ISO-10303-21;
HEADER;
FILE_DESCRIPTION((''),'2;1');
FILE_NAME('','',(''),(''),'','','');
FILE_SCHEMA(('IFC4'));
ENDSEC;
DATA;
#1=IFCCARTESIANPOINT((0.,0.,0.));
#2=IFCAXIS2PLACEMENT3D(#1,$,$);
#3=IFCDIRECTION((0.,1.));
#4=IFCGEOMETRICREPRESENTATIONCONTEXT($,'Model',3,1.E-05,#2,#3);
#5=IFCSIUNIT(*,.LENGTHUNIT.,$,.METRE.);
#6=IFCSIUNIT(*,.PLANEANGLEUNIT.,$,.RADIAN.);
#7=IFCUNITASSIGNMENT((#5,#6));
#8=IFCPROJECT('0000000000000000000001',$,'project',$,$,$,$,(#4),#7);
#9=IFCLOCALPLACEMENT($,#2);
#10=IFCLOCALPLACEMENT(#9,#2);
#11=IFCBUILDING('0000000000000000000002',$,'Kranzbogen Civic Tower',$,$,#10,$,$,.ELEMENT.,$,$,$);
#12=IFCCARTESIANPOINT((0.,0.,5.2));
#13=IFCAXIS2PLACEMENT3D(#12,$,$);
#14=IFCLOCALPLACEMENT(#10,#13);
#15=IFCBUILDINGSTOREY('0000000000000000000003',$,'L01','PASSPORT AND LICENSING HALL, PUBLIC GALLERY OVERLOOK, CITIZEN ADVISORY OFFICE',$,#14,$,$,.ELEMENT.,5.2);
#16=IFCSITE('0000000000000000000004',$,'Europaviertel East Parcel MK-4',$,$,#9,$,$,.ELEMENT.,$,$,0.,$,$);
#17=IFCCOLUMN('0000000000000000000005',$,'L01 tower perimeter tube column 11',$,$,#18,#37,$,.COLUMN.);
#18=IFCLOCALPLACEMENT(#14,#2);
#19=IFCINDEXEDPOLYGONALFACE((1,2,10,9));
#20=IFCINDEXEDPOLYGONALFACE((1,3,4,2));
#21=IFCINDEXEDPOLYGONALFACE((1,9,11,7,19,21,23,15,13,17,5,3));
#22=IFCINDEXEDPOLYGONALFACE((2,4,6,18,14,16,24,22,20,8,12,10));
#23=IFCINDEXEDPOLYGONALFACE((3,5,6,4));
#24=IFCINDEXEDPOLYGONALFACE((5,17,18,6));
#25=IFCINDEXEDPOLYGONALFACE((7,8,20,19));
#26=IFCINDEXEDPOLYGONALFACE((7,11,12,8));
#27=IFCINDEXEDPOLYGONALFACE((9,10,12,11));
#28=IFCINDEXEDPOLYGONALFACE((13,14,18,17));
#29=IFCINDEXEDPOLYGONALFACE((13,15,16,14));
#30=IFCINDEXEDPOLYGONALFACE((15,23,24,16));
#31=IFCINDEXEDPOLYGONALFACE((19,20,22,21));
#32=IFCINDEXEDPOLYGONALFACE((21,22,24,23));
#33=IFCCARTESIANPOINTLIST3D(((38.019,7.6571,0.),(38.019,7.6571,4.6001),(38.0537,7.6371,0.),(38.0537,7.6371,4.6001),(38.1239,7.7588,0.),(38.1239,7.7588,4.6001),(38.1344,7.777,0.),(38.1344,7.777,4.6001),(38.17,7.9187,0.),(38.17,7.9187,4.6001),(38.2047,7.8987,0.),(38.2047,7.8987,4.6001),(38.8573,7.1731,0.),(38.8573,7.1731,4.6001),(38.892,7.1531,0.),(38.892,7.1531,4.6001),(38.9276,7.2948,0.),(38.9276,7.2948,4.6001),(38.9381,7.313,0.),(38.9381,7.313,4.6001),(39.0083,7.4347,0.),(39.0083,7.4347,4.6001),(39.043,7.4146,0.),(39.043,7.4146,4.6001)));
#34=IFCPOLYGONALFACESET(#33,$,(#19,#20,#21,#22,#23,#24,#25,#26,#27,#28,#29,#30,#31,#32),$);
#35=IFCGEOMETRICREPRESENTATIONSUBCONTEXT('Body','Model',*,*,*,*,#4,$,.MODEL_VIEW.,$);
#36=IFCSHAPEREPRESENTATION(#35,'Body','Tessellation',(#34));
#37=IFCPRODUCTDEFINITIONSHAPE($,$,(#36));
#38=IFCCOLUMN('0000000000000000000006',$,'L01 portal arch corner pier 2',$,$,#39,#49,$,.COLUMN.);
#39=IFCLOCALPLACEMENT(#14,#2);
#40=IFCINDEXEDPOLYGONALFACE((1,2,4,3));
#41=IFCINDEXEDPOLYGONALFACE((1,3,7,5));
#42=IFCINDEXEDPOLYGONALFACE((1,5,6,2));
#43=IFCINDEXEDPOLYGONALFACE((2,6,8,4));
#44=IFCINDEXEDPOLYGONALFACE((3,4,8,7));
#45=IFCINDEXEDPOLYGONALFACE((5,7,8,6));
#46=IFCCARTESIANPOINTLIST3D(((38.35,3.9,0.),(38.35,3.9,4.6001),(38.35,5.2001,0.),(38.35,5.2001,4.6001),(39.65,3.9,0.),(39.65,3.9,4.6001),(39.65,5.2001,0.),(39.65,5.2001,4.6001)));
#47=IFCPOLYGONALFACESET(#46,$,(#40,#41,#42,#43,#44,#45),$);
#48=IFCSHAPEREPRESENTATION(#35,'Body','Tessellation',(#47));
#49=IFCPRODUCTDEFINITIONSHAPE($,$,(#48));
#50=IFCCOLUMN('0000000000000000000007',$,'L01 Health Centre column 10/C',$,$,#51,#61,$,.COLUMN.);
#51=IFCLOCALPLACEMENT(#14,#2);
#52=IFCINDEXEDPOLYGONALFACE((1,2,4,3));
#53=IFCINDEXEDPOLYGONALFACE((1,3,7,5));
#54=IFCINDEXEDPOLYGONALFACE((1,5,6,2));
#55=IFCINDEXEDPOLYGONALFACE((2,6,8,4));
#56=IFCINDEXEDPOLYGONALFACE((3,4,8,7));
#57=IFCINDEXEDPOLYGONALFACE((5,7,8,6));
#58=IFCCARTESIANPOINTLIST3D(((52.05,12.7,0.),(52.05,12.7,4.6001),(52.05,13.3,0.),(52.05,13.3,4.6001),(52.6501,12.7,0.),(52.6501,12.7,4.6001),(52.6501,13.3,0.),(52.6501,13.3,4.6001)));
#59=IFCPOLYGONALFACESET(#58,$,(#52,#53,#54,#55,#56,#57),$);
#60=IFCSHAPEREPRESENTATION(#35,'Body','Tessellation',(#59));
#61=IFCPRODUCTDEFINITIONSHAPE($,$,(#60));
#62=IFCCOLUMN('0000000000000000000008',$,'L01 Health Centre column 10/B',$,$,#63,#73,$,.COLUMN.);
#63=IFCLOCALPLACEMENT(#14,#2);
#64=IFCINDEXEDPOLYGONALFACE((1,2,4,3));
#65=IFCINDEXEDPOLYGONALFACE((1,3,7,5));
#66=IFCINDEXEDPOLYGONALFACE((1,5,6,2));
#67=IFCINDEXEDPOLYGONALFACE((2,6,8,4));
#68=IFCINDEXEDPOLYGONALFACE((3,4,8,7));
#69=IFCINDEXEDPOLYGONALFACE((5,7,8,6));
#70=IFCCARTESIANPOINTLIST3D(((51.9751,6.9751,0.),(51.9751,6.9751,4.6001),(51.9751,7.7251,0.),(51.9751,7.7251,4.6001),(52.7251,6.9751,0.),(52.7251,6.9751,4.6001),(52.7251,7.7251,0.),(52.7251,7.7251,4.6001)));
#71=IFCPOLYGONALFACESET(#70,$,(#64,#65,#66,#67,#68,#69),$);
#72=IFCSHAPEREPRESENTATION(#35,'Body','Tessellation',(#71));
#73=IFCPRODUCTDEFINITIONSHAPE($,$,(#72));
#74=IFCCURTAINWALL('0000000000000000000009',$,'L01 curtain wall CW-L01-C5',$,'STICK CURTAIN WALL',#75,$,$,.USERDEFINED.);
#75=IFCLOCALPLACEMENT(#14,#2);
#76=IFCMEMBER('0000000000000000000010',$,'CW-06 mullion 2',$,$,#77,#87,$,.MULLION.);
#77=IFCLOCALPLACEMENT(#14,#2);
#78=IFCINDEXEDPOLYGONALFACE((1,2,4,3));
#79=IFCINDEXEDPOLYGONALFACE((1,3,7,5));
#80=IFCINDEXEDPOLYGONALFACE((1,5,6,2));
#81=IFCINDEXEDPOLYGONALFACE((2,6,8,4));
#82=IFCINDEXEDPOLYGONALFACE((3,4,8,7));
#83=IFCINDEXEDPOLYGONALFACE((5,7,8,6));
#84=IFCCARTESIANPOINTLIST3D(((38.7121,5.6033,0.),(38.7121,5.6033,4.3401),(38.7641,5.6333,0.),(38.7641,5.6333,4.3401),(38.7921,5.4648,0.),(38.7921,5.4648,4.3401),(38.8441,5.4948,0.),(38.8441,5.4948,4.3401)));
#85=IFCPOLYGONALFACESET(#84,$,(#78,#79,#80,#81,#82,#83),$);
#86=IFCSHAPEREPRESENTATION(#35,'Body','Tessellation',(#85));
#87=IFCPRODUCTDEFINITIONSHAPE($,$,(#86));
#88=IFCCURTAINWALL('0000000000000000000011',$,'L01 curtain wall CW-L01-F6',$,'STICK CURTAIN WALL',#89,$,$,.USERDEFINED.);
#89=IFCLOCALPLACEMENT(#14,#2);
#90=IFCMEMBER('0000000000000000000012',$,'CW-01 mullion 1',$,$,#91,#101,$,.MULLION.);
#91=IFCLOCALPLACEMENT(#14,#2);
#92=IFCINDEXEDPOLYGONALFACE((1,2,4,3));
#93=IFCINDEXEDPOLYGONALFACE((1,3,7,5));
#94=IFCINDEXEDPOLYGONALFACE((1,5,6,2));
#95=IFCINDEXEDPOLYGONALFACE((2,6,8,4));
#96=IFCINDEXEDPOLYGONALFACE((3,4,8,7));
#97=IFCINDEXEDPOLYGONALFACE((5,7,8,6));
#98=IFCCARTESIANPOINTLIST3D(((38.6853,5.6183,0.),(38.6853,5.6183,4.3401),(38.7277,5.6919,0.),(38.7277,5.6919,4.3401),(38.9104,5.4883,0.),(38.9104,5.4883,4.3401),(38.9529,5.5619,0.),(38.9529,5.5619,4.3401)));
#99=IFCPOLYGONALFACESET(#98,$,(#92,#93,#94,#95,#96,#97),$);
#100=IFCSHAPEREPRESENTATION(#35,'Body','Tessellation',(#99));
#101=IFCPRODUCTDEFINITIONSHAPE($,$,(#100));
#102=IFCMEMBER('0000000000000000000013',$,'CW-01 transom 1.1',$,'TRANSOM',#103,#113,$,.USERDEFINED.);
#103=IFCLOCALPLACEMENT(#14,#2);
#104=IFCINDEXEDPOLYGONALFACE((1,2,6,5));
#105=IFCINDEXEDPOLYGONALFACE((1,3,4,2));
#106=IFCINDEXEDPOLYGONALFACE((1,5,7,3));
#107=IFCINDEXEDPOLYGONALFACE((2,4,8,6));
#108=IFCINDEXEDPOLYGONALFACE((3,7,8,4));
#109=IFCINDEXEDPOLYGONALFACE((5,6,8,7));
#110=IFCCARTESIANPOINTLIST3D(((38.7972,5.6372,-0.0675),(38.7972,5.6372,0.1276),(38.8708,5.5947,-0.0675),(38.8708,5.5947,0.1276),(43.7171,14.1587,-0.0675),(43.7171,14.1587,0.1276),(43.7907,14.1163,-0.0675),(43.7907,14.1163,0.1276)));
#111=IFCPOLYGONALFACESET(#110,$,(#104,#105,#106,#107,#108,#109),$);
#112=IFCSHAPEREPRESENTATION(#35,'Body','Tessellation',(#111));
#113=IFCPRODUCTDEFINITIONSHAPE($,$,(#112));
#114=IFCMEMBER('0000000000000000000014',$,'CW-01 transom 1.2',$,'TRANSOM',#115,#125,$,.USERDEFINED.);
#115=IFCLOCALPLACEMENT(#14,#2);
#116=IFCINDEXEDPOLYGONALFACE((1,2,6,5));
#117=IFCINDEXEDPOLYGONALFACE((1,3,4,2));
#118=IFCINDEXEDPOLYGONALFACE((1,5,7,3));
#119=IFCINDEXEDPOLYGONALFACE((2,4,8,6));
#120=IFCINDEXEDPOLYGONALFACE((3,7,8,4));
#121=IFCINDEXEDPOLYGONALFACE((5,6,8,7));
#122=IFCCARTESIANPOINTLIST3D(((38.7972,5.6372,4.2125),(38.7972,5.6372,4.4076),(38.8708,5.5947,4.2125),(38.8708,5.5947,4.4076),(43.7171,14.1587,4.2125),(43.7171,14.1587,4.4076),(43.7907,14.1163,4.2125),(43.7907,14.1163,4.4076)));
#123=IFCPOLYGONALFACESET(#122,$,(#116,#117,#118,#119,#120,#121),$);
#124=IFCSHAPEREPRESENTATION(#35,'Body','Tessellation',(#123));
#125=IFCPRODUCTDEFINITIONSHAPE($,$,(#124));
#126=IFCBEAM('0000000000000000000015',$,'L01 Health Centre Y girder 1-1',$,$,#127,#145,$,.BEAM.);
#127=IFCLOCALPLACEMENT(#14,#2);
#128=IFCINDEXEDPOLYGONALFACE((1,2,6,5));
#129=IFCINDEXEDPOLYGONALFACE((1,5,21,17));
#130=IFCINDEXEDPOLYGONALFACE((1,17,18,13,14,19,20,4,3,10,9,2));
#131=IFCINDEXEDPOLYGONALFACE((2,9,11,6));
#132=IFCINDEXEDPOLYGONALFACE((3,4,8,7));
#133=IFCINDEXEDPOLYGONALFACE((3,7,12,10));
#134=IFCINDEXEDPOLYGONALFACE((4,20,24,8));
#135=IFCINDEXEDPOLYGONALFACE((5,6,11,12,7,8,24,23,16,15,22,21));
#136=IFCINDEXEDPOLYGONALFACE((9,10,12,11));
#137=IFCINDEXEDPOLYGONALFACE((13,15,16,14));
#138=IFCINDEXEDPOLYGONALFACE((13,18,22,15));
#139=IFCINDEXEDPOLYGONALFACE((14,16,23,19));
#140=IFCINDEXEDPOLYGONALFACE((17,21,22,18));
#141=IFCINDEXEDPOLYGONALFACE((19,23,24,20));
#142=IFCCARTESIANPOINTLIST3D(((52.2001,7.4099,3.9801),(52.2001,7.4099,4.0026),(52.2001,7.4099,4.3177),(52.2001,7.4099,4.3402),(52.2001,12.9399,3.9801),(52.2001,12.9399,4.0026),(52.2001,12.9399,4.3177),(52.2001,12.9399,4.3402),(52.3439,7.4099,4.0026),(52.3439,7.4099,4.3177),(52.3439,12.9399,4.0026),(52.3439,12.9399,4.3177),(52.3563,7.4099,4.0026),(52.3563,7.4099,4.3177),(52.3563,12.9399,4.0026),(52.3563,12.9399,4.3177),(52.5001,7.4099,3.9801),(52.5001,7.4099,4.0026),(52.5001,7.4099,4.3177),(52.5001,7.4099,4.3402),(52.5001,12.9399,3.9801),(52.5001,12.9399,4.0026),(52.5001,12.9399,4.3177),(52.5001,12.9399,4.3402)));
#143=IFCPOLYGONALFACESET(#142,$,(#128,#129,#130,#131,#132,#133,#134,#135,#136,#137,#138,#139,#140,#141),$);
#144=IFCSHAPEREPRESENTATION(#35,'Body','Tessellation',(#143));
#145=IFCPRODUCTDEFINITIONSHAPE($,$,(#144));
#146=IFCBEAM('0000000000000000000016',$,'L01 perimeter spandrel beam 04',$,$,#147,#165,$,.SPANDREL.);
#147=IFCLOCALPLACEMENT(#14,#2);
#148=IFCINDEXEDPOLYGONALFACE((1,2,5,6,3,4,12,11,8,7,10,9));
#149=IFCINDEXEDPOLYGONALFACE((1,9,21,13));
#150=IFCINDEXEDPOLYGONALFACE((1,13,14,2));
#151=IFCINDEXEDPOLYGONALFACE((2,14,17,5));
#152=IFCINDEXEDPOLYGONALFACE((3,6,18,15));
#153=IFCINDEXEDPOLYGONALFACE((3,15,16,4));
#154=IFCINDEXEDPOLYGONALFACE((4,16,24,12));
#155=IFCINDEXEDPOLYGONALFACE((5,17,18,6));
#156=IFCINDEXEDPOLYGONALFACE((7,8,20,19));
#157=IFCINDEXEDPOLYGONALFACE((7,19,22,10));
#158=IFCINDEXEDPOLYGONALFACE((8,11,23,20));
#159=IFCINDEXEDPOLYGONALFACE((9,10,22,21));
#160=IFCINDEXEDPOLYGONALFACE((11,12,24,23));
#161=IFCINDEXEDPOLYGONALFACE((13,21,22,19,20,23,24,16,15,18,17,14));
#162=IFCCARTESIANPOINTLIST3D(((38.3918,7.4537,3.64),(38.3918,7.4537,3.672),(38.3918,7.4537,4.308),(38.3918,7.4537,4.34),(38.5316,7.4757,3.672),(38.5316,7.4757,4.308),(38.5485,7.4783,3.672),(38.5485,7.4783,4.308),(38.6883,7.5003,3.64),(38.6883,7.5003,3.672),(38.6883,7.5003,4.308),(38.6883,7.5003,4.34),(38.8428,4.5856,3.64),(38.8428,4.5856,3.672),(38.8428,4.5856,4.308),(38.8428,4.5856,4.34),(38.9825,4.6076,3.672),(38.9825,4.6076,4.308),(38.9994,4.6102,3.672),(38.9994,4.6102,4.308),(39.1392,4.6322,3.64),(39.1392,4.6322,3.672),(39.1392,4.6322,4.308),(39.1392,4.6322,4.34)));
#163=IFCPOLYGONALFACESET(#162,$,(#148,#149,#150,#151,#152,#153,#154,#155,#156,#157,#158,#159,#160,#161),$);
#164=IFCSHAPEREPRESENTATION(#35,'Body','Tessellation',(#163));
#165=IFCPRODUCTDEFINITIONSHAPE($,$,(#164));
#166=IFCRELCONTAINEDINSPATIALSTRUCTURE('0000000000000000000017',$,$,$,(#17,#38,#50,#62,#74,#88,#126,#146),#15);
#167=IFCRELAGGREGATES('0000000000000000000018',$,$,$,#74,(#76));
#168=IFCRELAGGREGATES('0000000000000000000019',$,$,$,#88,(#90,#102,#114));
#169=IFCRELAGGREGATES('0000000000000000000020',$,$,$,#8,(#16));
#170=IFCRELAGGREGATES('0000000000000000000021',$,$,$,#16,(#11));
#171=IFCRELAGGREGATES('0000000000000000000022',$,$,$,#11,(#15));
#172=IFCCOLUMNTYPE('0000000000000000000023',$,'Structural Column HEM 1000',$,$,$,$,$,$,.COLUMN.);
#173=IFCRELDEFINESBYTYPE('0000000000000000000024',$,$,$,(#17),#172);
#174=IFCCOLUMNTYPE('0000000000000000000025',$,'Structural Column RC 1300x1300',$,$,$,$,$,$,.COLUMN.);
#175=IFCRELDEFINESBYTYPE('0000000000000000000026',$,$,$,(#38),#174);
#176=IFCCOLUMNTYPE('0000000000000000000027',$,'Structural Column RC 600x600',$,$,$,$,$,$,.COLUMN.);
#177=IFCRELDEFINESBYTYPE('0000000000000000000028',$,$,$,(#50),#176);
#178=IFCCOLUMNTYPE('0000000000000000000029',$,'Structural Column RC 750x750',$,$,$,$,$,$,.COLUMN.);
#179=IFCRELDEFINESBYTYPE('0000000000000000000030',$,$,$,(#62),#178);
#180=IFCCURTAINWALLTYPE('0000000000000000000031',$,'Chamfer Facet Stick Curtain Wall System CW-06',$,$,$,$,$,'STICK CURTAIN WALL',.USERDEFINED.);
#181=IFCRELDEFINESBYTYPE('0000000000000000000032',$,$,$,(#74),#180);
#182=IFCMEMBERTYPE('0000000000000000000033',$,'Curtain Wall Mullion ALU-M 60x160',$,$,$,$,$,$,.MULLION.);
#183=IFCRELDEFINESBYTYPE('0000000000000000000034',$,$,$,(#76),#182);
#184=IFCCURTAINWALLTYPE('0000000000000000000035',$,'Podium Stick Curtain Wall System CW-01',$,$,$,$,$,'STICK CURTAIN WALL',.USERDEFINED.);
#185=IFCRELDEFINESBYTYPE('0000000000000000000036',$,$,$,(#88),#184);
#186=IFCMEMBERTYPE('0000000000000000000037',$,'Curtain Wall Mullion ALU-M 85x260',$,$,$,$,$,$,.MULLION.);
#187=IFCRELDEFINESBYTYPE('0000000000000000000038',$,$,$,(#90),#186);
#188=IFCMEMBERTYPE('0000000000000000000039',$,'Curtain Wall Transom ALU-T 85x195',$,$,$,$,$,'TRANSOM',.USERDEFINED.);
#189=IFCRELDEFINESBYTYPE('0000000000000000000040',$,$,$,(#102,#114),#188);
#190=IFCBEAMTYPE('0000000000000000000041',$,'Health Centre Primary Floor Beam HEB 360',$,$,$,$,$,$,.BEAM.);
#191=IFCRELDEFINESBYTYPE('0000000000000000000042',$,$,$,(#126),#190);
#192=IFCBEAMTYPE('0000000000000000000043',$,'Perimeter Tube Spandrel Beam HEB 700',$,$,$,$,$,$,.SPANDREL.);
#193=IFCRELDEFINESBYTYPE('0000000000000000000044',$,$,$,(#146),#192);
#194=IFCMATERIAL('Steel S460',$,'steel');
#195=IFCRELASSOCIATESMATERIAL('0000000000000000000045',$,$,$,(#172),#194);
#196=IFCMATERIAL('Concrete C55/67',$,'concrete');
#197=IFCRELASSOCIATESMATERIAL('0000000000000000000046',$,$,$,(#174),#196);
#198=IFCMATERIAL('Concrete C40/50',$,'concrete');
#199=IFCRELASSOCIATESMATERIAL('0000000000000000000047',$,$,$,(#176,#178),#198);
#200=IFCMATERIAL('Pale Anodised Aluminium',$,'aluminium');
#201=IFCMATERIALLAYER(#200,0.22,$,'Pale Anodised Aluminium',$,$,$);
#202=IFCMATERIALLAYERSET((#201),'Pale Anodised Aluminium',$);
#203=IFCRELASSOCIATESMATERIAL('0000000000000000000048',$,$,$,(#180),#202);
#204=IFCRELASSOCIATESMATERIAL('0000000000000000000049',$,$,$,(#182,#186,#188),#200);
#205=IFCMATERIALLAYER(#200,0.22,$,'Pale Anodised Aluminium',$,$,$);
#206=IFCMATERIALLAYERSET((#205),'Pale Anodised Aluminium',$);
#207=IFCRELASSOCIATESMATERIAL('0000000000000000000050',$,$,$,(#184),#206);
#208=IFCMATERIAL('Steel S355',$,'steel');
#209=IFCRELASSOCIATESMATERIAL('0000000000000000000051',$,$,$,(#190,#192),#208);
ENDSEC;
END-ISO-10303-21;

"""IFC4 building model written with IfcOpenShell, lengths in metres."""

from ifc_helpers import new_model, si_unit, direction, frame, origin, origin_2d, place, context, subcontext, project, spatial, rectangle, i_section, extrude, material, layer, layer_set, material_profile, profile_set, type_object, element, aggregate, save


model = new_model("IFC4")

# Units and contexts
model_context = context("Model", 3, precision=1e-05, world=origin(), true_north=direction((0.0, 1.0)))
body_context = subcontext(model_context, "Body", "Model", "MODEL_VIEW")
ifc_project = project(units=[si_unit("LENGTHUNIT", "METRE"), si_unit("PLANEANGLEUNIT", "RADIAN")], contexts=[model_context])

# Site, building, storey
site_placement = place(None, origin())
site = spatial("IfcSite", under=ifc_project, at=site_placement, Name="Europaviertel East Parcel MK-4", CompositionType="ELEMENT", RefElevation=0.0)
building_placement = place(site_placement, origin())
building = spatial("IfcBuilding", under=site, at=building_placement, Name="Kranzbogen Civic Tower", CompositionType="ELEMENT")
storey_placement = place(building_placement, frame((0.0, 0.0, 5.2)))
storey = spatial("IfcBuildingStorey", under=building, at=storey_placement, Name="L01", Description="PASSPORT AND LICENSING HALL, PUBLIC GALLERY OVERLOOK, CITIZEN ADVISORY OFFICE", CompositionType="ELEMENT", Elevation=5.2)

# Columns
ifc_material_1 = material(Name="Steel S460", Category="steel")
ifc_material_profile_1 = material_profile(ifc_material_1, i_section(OverallWidth=0.302, OverallDepth=1.0081, WebThickness=0.021, FlangeThickness=0.04, at=origin_2d()), Name="HEM 1000")
ifc_profile_set_1 = profile_set([ifc_material_profile_1], Name="Steel S460")
column_type_1 = type_object("IfcColumnType", Name="Structural Column HEM 1000", PredefinedType="COLUMN", material=ifc_profile_set_1)
column_1_placement = place(storey_placement, frame((38.531, 7.5359, 0.0), z_axis=(0.0, 0.0, 1.0), x_axis=(0.5, 0.866025, 0.0)))
element("IfcColumn", 1, at=column_1_placement, inside=storey, type_object=column_type_1, Name="L01 tower perimeter tube column 11", PredefinedType="COLUMN", context=body_context, shape_type="SweptSolid", body=[
    extrude(i_section(OverallWidth=0.302, OverallDepth=1.0081, WebThickness=0.021, FlangeThickness=0.04, at=origin_2d()), origin(), (0.0, 0.0, 1.0), 4.6001),
])
ifc_material_2 = material(Name="Concrete C55/67", Category="concrete")
ifc_material_profile_2 = material_profile(ifc_material_2, rectangle(XDim=1.3, YDim=1.3, at=origin_2d()), Name="RC 1300x1300")
ifc_profile_set_2 = profile_set([ifc_material_profile_2], Name="Concrete C55/67")
column_type_2 = type_object("IfcColumnType", Name="Structural Column RC 1300x1300", PredefinedType="COLUMN", material=ifc_profile_set_2)
column_2_placement = place(storey_placement, frame((39.0, 4.55, 0.0), z_axis=(0.0, 0.0, 1.0), x_axis=(1.0, 0.0, 0.0)))
element("IfcColumn", 2, at=column_2_placement, inside=storey, type_object=column_type_2, Name="L01 portal arch corner pier 2", PredefinedType="COLUMN", context=body_context, shape_type="SweptSolid", body=[
    extrude(rectangle(XDim=1.3, YDim=1.3, at=origin_2d()), origin(), (0.0, 0.0, 1.0), 4.6001),
])
ifc_material_3 = material(Name="Concrete C40/50", Category="concrete")
ifc_material_profile_3 = material_profile(ifc_material_3, rectangle(XDim=0.6001, YDim=0.6001, at=origin_2d()), Name="RC 600x600")
ifc_profile_set_3 = profile_set([ifc_material_profile_3], Name="Concrete C40/50")
column_type_3 = type_object("IfcColumnType", Name="Structural Column RC 600x600", PredefinedType="COLUMN", material=ifc_profile_set_3)
column_3_placement = place(storey_placement, frame((52.3501, 13.0, 0.0), z_axis=(0.0, 0.0, 1.0), x_axis=(1.0, 0.0, 0.0)))
element("IfcColumn", 3, at=column_3_placement, inside=storey, type_object=column_type_3, Name="L01 Health Centre column 10/C", PredefinedType="COLUMN", context=body_context, shape_type="SweptSolid", body=[
    extrude(rectangle(XDim=0.6001, YDim=0.6001, at=origin_2d()), origin(), (0.0, 0.0, 1.0), 4.6001),
])
ifc_material_profile_4 = material_profile(ifc_material_3, rectangle(XDim=0.75, YDim=0.75, at=origin_2d()), Name="RC 750x750")
ifc_profile_set_4 = profile_set([ifc_material_profile_4], Name="Concrete C40/50")
column_type_4 = type_object("IfcColumnType", Name="Structural Column RC 750x750", PredefinedType="COLUMN", material=ifc_profile_set_4)
column_4_placement = place(storey_placement, frame((52.3501, 7.3501, 0.0), z_axis=(0.0, 0.0, 1.0), x_axis=(1.0, 0.0, 0.0)))
element("IfcColumn", 4, at=column_4_placement, inside=storey, type_object=column_type_4, Name="L01 Health Centre column 10/B", PredefinedType="COLUMN", context=body_context, shape_type="SweptSolid", body=[
    extrude(rectangle(XDim=0.75, YDim=0.75, at=origin_2d()), origin(), (0.0, 0.0, 1.0), 4.6001),
])

# Curtain wall, member
ifc_material_4 = material(Name="Pale Anodised Aluminium", Category="aluminium")
ifc_layer_1 = layer(ifc_material_4, 0.22, Name="Pale Anodised Aluminium")
ifc_layer_set_1 = layer_set([ifc_layer_1], Name="Pale Anodised Aluminium")
curtain_wall_type_1 = type_object("IfcCurtainWallType", Name="Chamfer Facet Stick Curtain Wall System CW-06", ElementType="STICK CURTAIN WALL", PredefinedType="USERDEFINED", material=ifc_layer_set_1)
curtain_wall_1_placement = place(storey_placement, origin())
curtain_wall_1 = element("IfcCurtainWall", 5, at=curtain_wall_1_placement, inside=storey, type_object=curtain_wall_type_1, Name="L01 curtain wall CW-L01-C5", ObjectType="STICK CURTAIN WALL", PredefinedType="USERDEFINED")
ifc_material_profile_5 = material_profile(ifc_material_4, rectangle(XDim=0.0601, YDim=0.1599, at=origin_2d()), Name="ALU-M 60x160")
ifc_profile_set_5 = profile_set([ifc_material_profile_5], Name="Pale Anodised Aluminium")
member_type_1 = type_object("IfcMemberType", Name="Curtain Wall Mullion ALU-M 60x160", PredefinedType="MULLION", material=ifc_profile_set_5)
member_1_placement = place(storey_placement, frame((38.7781, 5.5491, 0.0), z_axis=(0.0, 0.0, 1.0), x_axis=(0.865992, 0.500058, 0.0)))
member_1 = element("IfcMember", 6, at=member_1_placement, type_object=member_type_1, Name="CW-06 mullion 2", PredefinedType="MULLION", context=body_context, shape_type="SweptSolid", body=[
    extrude(rectangle(XDim=0.0601, YDim=0.1599, at=origin_2d()), origin(), (0.0, 0.0, 1.0), 4.3401),
])

# Curtain wall, members
ifc_layer_2 = layer(ifc_material_4, 0.22, Name="Pale Anodised Aluminium")
ifc_layer_set_2 = layer_set([ifc_layer_2], Name="Pale Anodised Aluminium")
curtain_wall_type_2 = type_object("IfcCurtainWallType", Name="Podium Stick Curtain Wall System CW-01", ElementType="STICK CURTAIN WALL", PredefinedType="USERDEFINED", material=ifc_layer_set_2)
curtain_wall_2_placement = place(storey_placement, origin())
curtain_wall_2 = element("IfcCurtainWall", 7, at=curtain_wall_2_placement, inside=storey, type_object=curtain_wall_type_2, Name="L01 curtain wall CW-L01-F6", ObjectType="STICK CURTAIN WALL", PredefinedType="USERDEFINED")
ifc_material_profile_6 = material_profile(ifc_material_4, rectangle(XDim=0.085, YDim=0.26, at=origin_2d()), Name="ALU-M 85x260")
ifc_profile_set_6 = profile_set([ifc_material_profile_6], Name="Pale Anodised Aluminium")
member_type_2 = type_object("IfcMemberType", Name="Curtain Wall Mullion ALU-M 85x260", PredefinedType="MULLION", material=ifc_profile_set_6)
member_2_placement = place(storey_placement, frame((38.8191, 5.5901, 0.0), z_axis=(0.0, 0.0, 1.0), x_axis=(0.500006, 0.866022, 0.0)))
member_2 = element("IfcMember", 8, at=member_2_placement, type_object=member_type_2, Name="CW-01 mullion 1", PredefinedType="MULLION", context=body_context, shape_type="SweptSolid", body=[
    extrude(rectangle(XDim=0.085, YDim=0.26, at=origin_2d()), origin(), (0.0, 0.0, 1.0), 4.3401),
])
ifc_material_profile_7 = material_profile(ifc_material_4, rectangle(XDim=0.085, YDim=0.1951, at=origin_2d()), Name="ALU-T 85x195")
ifc_profile_set_7 = profile_set([ifc_material_profile_7], Name="Pale Anodised Aluminium")
member_type_3 = type_object("IfcMemberType", Name="Curtain Wall Transom ALU-T 85x195", ElementType="TRANSOM", PredefinedType="USERDEFINED", material=ifc_profile_set_7)
member_3_placement = place(storey_placement, frame((38.834, 5.616, 0.03), z_axis=(0.500003, 0.866024, 0.0), x_axis=(-0.866024, 0.500003, 0.0)))
member_3 = element("IfcMember", 9, at=member_3_placement, type_object=member_type_3, Name="CW-01 transom 1.1", ObjectType="TRANSOM", PredefinedType="USERDEFINED", context=body_context, shape_type="SweptSolid", body=[
    extrude(rectangle(XDim=0.085, YDim=0.1951, at=origin_2d()), origin(), (0.0, 0.0, 1.0), 9.8398),
])
member_4_placement = place(storey_placement, frame((38.834, 5.616, 4.3101), z_axis=(0.500003, 0.866024, 0.0), x_axis=(-0.866024, 0.500003, 0.0)))
member_4 = element("IfcMember", 10, at=member_4_placement, type_object=member_type_3, Name="CW-01 transom 1.2", ObjectType="TRANSOM", PredefinedType="USERDEFINED", context=body_context, shape_type="SweptSolid", body=[
    extrude(rectangle(XDim=0.085, YDim=0.1951, at=origin_2d()), origin(), (0.0, 0.0, 1.0), 9.8398),
])

# Beams
ifc_material_5 = material(Name="Steel S355", Category="steel")
ifc_material_profile_8 = material_profile(ifc_material_5, i_section(OverallWidth=0.3, OverallDepth=0.3601, WebThickness=0.0125, FlangeThickness=0.0225, at=origin_2d()), Name="HEB 360")
ifc_profile_set_8 = profile_set([ifc_material_profile_8], Name="Steel S355")
beam_type_1 = type_object("IfcBeamType", Name="Health Centre Primary Floor Beam HEB 360", PredefinedType="BEAM", material=ifc_profile_set_8)
beam_1_placement = place(storey_placement, frame((52.3501, 7.4099, 4.1602), z_axis=(0.0, 1.0, 0.0), x_axis=(-1.0, 0.0, 0.0)))
element("IfcBeam", 11, at=beam_1_placement, inside=storey, type_object=beam_type_1, Name="L01 Health Centre Y girder 1-1", PredefinedType="BEAM", context=body_context, shape_type="SweptSolid", body=[
    extrude(i_section(OverallWidth=0.3, OverallDepth=0.3601, WebThickness=0.0125, FlangeThickness=0.0225, at=origin_2d()), origin(), (0.0, 0.0, 1.0), 5.53),
])
ifc_material_profile_9 = material_profile(ifc_material_5, i_section(OverallWidth=0.3, OverallDepth=0.7, WebThickness=0.0171, FlangeThickness=0.032, at=origin_2d()), Name="HEB 700")
ifc_profile_set_9 = profile_set([ifc_material_profile_9], Name="Steel S355")
beam_type_2 = type_object("IfcBeamType", Name="Perimeter Tube Spandrel Beam HEB 700", PredefinedType="SPANDREL", material=ifc_profile_set_9)
beam_2_placement = place(storey_placement, frame((38.991, 4.6089, 3.99), z_axis=(-0.155311, 0.987866, 0.0), x_axis=(-0.987866, -0.155311, 0.0)))
element("IfcBeam", 12, at=beam_2_placement, inside=storey, type_object=beam_type_2, Name="L01 perimeter spandrel beam 04", PredefinedType="SPANDREL", context=body_context, shape_type="SweptSolid", body=[
    extrude(i_section(OverallWidth=0.3, OverallDepth=0.7, WebThickness=0.0171, FlangeThickness=0.032, at=origin_2d()), origin(), (0.0, 0.0, 1.0), 2.9033),
])

aggregate(curtain_wall_1, [member_1])
aggregate(curtain_wall_2, [member_2, member_3, member_4])

save(model, "model.ifc")
